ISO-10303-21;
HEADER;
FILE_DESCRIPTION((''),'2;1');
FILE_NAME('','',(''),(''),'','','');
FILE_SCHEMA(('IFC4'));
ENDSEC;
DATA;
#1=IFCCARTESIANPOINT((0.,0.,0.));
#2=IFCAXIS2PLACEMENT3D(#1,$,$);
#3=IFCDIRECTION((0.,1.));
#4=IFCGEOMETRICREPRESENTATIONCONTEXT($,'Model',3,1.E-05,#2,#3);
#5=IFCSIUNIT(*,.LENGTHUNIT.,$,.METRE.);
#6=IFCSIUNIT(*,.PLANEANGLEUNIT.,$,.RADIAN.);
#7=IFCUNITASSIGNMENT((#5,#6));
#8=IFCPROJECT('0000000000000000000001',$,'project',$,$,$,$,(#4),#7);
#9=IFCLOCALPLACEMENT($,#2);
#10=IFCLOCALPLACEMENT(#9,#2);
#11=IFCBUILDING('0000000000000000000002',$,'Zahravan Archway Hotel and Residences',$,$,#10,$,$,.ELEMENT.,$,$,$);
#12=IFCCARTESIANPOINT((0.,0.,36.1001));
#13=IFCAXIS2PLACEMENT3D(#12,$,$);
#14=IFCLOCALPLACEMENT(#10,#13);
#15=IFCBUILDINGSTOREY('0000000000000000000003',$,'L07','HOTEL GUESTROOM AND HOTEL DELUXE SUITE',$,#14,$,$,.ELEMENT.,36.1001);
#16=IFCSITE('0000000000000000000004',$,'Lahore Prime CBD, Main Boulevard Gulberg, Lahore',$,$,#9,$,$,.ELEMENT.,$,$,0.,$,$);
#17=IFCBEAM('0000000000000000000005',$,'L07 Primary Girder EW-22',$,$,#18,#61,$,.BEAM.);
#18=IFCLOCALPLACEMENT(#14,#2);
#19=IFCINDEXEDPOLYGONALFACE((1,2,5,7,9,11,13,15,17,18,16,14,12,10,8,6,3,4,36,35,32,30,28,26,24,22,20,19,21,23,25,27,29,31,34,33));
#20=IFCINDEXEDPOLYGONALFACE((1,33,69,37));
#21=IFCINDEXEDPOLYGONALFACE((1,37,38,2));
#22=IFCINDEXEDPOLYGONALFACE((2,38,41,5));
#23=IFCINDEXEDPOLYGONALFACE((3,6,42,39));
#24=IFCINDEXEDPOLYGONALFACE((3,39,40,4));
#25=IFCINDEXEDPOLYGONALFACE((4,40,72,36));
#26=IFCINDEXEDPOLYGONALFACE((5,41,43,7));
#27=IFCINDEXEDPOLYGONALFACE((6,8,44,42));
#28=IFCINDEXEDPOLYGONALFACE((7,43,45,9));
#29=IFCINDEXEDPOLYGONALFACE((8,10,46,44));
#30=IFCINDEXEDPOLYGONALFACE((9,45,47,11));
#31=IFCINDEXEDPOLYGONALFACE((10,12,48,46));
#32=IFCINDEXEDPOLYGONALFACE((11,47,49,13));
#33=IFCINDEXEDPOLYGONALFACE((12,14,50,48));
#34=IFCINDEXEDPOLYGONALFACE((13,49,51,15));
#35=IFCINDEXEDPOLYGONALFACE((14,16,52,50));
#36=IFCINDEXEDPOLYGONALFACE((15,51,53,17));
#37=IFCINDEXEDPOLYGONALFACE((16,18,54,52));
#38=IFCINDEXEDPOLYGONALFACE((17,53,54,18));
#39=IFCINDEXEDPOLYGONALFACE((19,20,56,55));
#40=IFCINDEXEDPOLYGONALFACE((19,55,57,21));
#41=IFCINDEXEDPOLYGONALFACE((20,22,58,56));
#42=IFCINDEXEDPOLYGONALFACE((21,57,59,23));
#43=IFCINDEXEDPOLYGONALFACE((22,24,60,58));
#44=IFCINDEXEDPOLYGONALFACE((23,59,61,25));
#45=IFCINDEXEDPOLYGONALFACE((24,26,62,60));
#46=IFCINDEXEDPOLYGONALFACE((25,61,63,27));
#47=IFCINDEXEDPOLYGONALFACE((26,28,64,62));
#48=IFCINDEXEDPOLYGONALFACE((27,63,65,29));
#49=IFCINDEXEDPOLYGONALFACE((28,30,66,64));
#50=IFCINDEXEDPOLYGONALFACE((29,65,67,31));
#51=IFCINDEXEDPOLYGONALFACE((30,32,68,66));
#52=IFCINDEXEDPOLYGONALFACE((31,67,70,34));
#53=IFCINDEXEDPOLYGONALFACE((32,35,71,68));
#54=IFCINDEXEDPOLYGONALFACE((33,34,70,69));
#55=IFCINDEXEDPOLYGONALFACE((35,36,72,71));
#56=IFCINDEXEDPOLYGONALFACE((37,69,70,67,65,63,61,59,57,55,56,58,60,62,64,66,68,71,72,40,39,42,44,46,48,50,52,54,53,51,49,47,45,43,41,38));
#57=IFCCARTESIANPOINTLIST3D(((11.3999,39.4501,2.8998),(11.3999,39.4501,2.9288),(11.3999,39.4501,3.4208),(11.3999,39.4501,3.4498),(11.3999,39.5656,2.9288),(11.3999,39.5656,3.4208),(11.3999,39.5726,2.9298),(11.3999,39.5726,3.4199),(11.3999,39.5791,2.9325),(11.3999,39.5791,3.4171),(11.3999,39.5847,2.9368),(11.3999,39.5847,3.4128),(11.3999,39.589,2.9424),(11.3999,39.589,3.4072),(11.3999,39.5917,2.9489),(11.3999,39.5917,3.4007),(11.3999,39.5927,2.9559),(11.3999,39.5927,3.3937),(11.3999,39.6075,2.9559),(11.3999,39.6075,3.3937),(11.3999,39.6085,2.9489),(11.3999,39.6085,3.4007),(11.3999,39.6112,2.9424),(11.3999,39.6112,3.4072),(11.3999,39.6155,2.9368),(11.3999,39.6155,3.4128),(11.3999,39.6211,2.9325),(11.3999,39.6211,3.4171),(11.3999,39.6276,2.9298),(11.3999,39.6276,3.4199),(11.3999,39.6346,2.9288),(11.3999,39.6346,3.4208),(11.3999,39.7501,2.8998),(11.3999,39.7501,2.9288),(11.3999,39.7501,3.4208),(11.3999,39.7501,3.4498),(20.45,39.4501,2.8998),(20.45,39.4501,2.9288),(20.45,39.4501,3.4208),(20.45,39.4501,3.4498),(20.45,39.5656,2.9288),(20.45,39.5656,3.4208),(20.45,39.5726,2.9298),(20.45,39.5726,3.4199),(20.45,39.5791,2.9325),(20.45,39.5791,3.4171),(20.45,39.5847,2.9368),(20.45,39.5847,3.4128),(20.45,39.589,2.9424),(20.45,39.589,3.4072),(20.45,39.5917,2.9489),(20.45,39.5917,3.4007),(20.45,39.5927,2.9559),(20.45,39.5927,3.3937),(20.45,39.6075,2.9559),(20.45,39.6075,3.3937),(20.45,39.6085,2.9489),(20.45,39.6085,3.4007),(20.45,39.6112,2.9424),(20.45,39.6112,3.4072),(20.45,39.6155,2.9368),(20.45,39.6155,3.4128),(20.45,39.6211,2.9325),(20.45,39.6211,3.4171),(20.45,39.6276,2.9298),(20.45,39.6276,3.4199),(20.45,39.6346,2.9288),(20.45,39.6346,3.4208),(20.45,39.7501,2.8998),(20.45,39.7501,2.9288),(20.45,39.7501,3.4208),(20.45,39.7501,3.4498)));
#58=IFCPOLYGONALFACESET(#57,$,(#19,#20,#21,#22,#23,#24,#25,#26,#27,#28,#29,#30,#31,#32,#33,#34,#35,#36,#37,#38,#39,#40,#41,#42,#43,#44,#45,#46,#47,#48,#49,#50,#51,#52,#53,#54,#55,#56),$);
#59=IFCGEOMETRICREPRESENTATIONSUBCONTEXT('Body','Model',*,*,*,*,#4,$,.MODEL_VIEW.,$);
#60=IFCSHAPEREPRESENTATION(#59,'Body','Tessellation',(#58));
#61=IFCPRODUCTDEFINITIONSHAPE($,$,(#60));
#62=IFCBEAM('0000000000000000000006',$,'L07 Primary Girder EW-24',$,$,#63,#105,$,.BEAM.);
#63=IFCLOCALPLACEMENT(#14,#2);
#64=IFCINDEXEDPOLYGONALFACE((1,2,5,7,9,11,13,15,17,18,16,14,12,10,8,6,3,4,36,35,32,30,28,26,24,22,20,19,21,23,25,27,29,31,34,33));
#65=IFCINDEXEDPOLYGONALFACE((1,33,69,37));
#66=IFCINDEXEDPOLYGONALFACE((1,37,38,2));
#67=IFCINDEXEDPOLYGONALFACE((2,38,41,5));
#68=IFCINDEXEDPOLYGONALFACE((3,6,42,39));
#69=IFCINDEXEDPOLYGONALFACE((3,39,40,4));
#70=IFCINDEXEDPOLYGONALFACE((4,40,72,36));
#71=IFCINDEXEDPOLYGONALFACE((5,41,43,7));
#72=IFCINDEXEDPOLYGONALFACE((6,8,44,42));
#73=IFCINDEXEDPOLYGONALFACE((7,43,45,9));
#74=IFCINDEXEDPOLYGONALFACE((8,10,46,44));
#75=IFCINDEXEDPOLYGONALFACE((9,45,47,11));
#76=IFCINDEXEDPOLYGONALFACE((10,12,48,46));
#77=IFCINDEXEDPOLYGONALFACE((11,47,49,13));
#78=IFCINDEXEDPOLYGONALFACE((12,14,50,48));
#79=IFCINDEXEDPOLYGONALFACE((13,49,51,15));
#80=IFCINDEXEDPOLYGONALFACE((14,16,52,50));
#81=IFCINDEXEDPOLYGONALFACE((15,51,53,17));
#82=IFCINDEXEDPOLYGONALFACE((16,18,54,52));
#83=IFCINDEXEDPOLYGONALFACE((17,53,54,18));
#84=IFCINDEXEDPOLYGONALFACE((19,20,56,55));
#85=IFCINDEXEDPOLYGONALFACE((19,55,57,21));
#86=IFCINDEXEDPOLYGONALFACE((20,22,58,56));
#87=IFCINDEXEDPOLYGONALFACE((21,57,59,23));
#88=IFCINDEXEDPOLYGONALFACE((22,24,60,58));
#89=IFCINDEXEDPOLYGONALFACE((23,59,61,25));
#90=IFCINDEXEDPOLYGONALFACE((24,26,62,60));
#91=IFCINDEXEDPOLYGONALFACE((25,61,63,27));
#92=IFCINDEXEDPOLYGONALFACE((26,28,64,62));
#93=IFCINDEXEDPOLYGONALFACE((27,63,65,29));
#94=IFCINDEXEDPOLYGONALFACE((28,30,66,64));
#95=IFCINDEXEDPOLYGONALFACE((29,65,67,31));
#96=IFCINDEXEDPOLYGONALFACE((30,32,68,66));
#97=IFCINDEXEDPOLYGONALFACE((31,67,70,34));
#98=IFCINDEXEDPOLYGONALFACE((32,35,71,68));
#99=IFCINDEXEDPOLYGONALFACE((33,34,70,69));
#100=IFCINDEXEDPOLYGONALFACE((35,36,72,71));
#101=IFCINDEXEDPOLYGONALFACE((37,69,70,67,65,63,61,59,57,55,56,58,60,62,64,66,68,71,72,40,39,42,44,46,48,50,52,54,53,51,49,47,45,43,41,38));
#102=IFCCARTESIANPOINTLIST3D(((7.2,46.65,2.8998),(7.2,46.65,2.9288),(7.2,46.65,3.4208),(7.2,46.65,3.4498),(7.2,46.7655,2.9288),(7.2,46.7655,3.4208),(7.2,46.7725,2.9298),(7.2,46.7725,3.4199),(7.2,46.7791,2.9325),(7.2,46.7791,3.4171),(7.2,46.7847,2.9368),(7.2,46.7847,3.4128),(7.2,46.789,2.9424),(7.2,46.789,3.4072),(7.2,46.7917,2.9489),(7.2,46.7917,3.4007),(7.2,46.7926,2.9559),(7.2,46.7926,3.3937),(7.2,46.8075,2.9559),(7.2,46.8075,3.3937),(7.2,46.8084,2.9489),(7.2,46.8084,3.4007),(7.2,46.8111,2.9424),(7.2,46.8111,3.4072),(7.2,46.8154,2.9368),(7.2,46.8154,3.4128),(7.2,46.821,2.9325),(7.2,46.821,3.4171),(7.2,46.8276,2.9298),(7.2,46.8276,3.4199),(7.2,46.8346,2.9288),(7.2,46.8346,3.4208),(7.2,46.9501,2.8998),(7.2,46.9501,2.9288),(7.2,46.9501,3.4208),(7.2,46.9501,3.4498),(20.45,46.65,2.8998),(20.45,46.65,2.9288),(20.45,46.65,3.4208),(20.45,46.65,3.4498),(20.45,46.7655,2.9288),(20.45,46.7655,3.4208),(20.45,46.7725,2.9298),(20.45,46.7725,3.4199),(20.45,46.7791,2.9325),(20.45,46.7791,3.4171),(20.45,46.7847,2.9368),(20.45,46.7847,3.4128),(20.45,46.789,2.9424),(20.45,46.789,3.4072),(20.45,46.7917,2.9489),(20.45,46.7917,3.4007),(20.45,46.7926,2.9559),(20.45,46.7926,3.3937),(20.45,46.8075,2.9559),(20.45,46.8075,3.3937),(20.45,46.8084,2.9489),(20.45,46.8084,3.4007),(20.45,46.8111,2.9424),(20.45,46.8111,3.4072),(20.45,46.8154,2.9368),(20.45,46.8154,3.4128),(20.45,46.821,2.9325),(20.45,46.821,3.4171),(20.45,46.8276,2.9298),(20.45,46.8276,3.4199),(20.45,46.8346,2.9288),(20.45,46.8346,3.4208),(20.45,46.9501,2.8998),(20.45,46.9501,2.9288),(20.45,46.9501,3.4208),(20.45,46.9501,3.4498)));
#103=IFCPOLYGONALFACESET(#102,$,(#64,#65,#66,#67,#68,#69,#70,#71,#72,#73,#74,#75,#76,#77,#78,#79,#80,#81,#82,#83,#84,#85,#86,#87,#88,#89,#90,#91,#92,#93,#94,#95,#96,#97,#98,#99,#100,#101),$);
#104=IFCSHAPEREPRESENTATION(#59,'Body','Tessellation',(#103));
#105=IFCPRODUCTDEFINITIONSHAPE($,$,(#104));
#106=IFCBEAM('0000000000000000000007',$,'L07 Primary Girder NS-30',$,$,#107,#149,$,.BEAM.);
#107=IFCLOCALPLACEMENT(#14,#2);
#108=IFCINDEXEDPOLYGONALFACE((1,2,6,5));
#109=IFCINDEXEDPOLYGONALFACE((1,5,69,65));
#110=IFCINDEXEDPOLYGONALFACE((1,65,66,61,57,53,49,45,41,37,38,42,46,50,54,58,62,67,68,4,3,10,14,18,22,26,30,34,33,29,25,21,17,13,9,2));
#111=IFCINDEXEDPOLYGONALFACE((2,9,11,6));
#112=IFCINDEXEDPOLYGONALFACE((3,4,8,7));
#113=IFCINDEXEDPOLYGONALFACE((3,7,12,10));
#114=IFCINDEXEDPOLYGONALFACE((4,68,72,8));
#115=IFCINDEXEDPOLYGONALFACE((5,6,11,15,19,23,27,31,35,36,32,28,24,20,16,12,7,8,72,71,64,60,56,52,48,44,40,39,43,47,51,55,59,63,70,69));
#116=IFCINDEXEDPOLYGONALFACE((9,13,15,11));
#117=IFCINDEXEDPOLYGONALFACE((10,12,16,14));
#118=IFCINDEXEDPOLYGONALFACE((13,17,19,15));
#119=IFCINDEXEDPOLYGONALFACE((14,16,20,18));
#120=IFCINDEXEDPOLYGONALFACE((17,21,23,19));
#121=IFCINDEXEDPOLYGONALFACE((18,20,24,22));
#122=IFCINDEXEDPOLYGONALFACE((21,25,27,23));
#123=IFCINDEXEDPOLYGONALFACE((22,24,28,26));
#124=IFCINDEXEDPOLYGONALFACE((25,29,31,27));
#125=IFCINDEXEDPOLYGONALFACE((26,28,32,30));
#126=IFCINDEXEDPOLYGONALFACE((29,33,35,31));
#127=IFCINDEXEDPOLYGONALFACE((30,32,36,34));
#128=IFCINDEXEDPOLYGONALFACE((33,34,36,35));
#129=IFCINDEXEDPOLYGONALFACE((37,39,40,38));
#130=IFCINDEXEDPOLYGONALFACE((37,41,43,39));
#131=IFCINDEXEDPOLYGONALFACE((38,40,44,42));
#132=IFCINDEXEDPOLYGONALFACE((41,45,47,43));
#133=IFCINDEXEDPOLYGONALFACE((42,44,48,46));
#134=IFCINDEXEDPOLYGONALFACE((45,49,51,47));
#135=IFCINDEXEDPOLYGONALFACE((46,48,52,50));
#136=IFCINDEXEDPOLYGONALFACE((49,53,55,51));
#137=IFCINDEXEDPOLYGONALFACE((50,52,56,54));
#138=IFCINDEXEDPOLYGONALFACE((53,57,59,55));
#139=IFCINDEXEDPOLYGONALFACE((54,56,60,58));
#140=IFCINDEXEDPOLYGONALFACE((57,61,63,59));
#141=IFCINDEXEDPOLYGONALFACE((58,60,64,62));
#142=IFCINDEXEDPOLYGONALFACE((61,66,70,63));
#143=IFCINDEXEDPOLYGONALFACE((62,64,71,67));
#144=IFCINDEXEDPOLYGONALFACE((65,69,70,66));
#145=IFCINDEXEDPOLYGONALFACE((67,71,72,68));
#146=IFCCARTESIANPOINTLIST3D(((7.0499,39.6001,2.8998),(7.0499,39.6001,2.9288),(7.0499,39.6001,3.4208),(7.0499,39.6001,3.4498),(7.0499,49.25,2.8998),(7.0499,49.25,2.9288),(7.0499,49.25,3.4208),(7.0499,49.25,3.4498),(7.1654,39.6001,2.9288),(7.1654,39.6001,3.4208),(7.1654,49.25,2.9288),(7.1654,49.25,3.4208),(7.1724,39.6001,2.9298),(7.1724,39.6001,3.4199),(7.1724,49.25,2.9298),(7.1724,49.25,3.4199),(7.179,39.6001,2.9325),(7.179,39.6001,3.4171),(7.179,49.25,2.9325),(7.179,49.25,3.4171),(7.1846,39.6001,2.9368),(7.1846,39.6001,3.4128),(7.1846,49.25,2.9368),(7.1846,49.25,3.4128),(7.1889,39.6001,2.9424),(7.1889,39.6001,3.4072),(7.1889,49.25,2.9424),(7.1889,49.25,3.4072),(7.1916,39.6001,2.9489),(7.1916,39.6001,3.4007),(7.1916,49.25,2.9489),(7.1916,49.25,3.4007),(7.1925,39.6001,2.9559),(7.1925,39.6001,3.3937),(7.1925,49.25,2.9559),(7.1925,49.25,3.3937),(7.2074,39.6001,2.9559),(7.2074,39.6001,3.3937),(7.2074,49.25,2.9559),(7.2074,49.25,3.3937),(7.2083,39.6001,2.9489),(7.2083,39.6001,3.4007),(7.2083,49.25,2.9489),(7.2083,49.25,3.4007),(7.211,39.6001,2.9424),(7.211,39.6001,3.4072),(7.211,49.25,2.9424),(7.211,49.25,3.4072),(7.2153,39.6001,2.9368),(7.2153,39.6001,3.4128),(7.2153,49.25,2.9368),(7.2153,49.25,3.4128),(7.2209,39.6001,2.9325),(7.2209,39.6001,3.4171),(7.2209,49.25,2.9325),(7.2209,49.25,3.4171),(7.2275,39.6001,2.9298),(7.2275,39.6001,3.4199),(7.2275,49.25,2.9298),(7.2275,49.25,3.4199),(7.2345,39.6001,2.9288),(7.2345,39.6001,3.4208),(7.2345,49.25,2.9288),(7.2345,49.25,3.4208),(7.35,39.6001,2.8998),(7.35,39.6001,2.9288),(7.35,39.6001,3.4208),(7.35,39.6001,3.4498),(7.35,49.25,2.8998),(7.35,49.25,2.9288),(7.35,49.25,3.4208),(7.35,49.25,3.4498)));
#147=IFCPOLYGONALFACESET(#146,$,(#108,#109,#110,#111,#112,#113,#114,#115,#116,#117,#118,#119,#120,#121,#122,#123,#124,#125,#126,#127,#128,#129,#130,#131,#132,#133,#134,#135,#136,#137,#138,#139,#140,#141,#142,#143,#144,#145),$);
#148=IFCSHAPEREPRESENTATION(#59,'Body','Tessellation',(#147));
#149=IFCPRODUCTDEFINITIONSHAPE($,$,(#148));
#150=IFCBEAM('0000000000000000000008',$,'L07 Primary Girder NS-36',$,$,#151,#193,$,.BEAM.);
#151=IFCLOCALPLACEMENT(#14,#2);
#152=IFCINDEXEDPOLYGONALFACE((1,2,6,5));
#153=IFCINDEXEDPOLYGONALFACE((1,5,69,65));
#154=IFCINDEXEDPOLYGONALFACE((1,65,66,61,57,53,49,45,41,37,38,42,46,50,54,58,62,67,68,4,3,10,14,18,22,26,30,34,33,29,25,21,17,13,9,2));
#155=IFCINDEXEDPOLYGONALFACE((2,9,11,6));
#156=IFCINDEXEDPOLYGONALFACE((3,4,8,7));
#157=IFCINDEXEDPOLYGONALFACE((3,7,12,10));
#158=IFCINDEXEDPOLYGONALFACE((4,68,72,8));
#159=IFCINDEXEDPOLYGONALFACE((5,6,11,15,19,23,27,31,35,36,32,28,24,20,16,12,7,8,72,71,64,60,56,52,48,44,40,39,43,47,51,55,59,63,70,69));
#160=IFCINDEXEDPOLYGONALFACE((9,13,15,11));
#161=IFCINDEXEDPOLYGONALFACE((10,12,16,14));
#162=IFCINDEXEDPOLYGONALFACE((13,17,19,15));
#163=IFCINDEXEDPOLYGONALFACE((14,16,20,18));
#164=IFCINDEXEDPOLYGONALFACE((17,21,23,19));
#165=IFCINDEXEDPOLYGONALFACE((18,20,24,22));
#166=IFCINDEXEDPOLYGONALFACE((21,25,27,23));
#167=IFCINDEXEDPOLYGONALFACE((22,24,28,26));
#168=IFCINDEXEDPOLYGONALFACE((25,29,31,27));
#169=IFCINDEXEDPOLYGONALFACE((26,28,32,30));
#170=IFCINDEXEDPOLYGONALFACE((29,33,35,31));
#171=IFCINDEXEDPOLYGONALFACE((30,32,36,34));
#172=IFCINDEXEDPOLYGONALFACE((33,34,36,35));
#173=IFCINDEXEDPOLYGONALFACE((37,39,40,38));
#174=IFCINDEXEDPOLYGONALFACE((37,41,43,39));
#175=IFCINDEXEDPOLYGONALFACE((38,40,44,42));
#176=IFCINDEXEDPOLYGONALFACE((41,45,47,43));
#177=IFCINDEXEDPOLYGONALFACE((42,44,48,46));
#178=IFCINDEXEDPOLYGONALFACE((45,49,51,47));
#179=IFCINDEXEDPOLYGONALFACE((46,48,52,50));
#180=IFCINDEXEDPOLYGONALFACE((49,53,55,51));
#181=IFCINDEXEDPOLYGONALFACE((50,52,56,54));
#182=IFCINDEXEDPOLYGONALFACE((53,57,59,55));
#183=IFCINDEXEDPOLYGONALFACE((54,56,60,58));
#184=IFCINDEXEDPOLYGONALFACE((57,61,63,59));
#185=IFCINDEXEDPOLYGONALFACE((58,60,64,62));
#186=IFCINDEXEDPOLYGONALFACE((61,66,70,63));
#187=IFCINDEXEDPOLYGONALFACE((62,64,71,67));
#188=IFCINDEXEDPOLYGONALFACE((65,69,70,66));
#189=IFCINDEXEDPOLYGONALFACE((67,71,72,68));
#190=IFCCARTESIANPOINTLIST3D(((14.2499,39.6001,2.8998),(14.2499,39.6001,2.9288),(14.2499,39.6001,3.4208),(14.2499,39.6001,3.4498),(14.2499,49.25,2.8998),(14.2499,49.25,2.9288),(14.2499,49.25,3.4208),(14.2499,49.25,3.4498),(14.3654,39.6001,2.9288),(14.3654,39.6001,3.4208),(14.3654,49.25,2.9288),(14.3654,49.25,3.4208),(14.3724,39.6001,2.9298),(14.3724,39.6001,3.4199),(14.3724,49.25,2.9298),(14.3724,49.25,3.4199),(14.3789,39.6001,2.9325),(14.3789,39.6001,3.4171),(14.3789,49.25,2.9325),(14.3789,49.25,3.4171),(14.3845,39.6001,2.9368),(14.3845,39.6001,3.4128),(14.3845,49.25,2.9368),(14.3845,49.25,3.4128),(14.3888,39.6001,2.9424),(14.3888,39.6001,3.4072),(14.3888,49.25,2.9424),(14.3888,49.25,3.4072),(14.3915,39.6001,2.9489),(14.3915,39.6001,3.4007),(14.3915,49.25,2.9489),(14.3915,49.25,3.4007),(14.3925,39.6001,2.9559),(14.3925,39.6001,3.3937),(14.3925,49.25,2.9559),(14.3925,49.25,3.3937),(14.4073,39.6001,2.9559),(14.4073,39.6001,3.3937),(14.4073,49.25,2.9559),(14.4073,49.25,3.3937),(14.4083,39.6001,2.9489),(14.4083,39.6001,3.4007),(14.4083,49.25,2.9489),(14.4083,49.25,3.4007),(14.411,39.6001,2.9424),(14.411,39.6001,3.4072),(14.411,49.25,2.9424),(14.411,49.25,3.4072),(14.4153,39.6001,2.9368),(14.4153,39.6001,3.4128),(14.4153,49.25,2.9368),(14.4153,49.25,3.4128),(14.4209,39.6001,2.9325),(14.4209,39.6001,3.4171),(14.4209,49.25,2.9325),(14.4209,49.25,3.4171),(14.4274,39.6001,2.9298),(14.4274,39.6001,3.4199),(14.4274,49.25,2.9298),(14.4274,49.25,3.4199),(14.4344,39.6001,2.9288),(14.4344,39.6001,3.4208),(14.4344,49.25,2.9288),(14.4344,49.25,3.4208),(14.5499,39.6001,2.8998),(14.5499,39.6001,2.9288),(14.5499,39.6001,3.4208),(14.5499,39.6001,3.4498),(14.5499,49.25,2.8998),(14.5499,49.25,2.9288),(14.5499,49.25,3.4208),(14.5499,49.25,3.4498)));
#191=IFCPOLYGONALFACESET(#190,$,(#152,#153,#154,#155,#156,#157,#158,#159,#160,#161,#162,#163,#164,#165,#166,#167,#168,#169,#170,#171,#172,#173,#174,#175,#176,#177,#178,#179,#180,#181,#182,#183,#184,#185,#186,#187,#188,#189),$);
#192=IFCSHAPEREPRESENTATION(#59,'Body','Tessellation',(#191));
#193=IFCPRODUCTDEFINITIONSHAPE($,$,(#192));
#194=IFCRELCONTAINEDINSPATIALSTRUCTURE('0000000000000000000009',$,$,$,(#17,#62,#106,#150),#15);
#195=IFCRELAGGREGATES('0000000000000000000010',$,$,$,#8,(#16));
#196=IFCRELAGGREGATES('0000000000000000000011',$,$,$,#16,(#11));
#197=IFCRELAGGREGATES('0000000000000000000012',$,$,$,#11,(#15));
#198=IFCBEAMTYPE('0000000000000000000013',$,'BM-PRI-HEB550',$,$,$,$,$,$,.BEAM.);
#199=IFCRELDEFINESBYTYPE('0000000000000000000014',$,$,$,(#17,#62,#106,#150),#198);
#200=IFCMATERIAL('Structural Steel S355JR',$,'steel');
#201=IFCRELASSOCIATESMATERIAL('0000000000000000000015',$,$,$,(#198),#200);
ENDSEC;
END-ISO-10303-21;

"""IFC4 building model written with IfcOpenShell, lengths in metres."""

from ifc_helpers import new_model, si_unit, direction, frame, origin, origin_2d, place, context, subcontext, project, spatial, i_section, extrude, source, transform, mapped, material, material_profile, profile_set, type_object, element, save


model = new_model("IFC4")

# Units and contexts
model_context = context("Model", 3, precision=1e-05, world=origin(), true_north=direction((0.0, 1.0)))
body_context = subcontext(model_context, "Body", "Model", "MODEL_VIEW")
ifc_project = project(units=[si_unit("LENGTHUNIT", "METRE"), si_unit("PLANEANGLEUNIT", "RADIAN")], contexts=[model_context])

# Site, building, storey
site_placement = place(None, origin())
site = spatial("IfcSite", under=ifc_project, at=site_placement, Name="Lahore Prime CBD, Main Boulevard Gulberg, Lahore", CompositionType="ELEMENT", RefElevation=0.0)
building_placement = place(site_placement, origin())
building = spatial("IfcBuilding", under=site, at=building_placement, Name="Zahravan Archway Hotel and Residences", CompositionType="ELEMENT")
storey_placement = place(building_placement, frame((0.0, 0.0, 36.1001)))
storey = spatial("IfcBuildingStorey", under=building, at=storey_placement, Name="L07", Description="HOTEL GUESTROOM AND HOTEL DELUXE SUITE", CompositionType="ELEMENT", Elevation=36.1001)

# Beams
ifc_material_1 = material(Name="Structural Steel S355JR", Category="steel")
ifc_material_profile_1 = material_profile(ifc_material_1, i_section(OverallWidth=0.3, OverallDepth=0.55, WebThickness=0.0149, FlangeThickness=0.0291, FilletRadius=0.0271, at=origin_2d()), Name="HEB 550", Category="steel")
ifc_profile_set_1 = profile_set([ifc_material_profile_1], Name="Structural Steel S355JR")
beam_type_1 = type_object("IfcBeamType", Name="BM-PRI-HEB550", PredefinedType="BEAM", material=ifc_profile_set_1)
shared_shape_1 = source(origin(), body_context, "Body", "SweptSolid", [
    extrude(i_section(OverallWidth=0.3, OverallDepth=0.55, WebThickness=0.0149, FlangeThickness=0.0291, FilletRadius=0.0271, at=origin_2d()), origin(), (0.0, 0.0, 1.0), 9.05),
])
beam_1_placement = place(storey_placement, frame((11.3999, 39.6001, 3.1748), z_axis=(1.0, 0.0, 0.0), x_axis=(0.0, 1.0, 0.0)))
element("IfcBeam", 1, at=beam_1_placement, inside=storey, type_object=beam_type_1, Name="L07 Primary Girder EW-22", PredefinedType="BEAM", context=body_context, shape_type="MappedRepresentation", body=[
    mapped(shared_shape_1, transform((0.0, 0.0, 0.0), scale=1.0)),
])
shared_shape_2 = source(origin(), body_context, "Body", "SweptSolid", [
    extrude(i_section(OverallWidth=0.3, OverallDepth=0.55, WebThickness=0.0149, FlangeThickness=0.0291, FilletRadius=0.0271, at=origin_2d()), origin(), (0.0, 0.0, 1.0), 13.25),
])
beam_2_placement = place(storey_placement, frame((7.2, 46.8, 3.1748), z_axis=(1.0, 0.0, 0.0), x_axis=(0.0, 1.0, 0.0)))
element("IfcBeam", 2, at=beam_2_placement, inside=storey, type_object=beam_type_1, Name="L07 Primary Girder EW-24", PredefinedType="BEAM", context=body_context, shape_type="MappedRepresentation", body=[
    mapped(shared_shape_2, transform((0.0, 0.0, 0.0), scale=1.0)),
])
shared_shape_3 = source(origin(), body_context, "Body", "SweptSolid", [
    extrude(i_section(OverallWidth=0.3, OverallDepth=0.55, WebThickness=0.0149, FlangeThickness=0.0291, FilletRadius=0.0271, at=origin_2d()), origin(), (0.0, 0.0, 1.0), 9.6499),
])
for number, where, z_axis, x_axis, name in (
    (3, (7.2, 39.6001, 3.1748), (0.0, 1.0, 0.0), (-1.0, 0.0, 0.0), "L07 Primary Girder NS-30"),
    (4, (14.3999, 39.6001, 3.1748), (0.0, 1.0, 0.0), (-1.0, 0.0, 0.0), "L07 Primary Girder NS-36"),
):
    element("IfcBeam", number, at=place(storey_placement, frame(where, z_axis=z_axis, x_axis=x_axis)), inside=storey, type_object=beam_type_1, Name=name, PredefinedType="BEAM", context=body_context, shape_type="MappedRepresentation", body=[
        mapped(shared_shape_3, transform((0.0, 0.0, 0.0), scale=1.0)),
    ])

save(model, "model.ifc")
